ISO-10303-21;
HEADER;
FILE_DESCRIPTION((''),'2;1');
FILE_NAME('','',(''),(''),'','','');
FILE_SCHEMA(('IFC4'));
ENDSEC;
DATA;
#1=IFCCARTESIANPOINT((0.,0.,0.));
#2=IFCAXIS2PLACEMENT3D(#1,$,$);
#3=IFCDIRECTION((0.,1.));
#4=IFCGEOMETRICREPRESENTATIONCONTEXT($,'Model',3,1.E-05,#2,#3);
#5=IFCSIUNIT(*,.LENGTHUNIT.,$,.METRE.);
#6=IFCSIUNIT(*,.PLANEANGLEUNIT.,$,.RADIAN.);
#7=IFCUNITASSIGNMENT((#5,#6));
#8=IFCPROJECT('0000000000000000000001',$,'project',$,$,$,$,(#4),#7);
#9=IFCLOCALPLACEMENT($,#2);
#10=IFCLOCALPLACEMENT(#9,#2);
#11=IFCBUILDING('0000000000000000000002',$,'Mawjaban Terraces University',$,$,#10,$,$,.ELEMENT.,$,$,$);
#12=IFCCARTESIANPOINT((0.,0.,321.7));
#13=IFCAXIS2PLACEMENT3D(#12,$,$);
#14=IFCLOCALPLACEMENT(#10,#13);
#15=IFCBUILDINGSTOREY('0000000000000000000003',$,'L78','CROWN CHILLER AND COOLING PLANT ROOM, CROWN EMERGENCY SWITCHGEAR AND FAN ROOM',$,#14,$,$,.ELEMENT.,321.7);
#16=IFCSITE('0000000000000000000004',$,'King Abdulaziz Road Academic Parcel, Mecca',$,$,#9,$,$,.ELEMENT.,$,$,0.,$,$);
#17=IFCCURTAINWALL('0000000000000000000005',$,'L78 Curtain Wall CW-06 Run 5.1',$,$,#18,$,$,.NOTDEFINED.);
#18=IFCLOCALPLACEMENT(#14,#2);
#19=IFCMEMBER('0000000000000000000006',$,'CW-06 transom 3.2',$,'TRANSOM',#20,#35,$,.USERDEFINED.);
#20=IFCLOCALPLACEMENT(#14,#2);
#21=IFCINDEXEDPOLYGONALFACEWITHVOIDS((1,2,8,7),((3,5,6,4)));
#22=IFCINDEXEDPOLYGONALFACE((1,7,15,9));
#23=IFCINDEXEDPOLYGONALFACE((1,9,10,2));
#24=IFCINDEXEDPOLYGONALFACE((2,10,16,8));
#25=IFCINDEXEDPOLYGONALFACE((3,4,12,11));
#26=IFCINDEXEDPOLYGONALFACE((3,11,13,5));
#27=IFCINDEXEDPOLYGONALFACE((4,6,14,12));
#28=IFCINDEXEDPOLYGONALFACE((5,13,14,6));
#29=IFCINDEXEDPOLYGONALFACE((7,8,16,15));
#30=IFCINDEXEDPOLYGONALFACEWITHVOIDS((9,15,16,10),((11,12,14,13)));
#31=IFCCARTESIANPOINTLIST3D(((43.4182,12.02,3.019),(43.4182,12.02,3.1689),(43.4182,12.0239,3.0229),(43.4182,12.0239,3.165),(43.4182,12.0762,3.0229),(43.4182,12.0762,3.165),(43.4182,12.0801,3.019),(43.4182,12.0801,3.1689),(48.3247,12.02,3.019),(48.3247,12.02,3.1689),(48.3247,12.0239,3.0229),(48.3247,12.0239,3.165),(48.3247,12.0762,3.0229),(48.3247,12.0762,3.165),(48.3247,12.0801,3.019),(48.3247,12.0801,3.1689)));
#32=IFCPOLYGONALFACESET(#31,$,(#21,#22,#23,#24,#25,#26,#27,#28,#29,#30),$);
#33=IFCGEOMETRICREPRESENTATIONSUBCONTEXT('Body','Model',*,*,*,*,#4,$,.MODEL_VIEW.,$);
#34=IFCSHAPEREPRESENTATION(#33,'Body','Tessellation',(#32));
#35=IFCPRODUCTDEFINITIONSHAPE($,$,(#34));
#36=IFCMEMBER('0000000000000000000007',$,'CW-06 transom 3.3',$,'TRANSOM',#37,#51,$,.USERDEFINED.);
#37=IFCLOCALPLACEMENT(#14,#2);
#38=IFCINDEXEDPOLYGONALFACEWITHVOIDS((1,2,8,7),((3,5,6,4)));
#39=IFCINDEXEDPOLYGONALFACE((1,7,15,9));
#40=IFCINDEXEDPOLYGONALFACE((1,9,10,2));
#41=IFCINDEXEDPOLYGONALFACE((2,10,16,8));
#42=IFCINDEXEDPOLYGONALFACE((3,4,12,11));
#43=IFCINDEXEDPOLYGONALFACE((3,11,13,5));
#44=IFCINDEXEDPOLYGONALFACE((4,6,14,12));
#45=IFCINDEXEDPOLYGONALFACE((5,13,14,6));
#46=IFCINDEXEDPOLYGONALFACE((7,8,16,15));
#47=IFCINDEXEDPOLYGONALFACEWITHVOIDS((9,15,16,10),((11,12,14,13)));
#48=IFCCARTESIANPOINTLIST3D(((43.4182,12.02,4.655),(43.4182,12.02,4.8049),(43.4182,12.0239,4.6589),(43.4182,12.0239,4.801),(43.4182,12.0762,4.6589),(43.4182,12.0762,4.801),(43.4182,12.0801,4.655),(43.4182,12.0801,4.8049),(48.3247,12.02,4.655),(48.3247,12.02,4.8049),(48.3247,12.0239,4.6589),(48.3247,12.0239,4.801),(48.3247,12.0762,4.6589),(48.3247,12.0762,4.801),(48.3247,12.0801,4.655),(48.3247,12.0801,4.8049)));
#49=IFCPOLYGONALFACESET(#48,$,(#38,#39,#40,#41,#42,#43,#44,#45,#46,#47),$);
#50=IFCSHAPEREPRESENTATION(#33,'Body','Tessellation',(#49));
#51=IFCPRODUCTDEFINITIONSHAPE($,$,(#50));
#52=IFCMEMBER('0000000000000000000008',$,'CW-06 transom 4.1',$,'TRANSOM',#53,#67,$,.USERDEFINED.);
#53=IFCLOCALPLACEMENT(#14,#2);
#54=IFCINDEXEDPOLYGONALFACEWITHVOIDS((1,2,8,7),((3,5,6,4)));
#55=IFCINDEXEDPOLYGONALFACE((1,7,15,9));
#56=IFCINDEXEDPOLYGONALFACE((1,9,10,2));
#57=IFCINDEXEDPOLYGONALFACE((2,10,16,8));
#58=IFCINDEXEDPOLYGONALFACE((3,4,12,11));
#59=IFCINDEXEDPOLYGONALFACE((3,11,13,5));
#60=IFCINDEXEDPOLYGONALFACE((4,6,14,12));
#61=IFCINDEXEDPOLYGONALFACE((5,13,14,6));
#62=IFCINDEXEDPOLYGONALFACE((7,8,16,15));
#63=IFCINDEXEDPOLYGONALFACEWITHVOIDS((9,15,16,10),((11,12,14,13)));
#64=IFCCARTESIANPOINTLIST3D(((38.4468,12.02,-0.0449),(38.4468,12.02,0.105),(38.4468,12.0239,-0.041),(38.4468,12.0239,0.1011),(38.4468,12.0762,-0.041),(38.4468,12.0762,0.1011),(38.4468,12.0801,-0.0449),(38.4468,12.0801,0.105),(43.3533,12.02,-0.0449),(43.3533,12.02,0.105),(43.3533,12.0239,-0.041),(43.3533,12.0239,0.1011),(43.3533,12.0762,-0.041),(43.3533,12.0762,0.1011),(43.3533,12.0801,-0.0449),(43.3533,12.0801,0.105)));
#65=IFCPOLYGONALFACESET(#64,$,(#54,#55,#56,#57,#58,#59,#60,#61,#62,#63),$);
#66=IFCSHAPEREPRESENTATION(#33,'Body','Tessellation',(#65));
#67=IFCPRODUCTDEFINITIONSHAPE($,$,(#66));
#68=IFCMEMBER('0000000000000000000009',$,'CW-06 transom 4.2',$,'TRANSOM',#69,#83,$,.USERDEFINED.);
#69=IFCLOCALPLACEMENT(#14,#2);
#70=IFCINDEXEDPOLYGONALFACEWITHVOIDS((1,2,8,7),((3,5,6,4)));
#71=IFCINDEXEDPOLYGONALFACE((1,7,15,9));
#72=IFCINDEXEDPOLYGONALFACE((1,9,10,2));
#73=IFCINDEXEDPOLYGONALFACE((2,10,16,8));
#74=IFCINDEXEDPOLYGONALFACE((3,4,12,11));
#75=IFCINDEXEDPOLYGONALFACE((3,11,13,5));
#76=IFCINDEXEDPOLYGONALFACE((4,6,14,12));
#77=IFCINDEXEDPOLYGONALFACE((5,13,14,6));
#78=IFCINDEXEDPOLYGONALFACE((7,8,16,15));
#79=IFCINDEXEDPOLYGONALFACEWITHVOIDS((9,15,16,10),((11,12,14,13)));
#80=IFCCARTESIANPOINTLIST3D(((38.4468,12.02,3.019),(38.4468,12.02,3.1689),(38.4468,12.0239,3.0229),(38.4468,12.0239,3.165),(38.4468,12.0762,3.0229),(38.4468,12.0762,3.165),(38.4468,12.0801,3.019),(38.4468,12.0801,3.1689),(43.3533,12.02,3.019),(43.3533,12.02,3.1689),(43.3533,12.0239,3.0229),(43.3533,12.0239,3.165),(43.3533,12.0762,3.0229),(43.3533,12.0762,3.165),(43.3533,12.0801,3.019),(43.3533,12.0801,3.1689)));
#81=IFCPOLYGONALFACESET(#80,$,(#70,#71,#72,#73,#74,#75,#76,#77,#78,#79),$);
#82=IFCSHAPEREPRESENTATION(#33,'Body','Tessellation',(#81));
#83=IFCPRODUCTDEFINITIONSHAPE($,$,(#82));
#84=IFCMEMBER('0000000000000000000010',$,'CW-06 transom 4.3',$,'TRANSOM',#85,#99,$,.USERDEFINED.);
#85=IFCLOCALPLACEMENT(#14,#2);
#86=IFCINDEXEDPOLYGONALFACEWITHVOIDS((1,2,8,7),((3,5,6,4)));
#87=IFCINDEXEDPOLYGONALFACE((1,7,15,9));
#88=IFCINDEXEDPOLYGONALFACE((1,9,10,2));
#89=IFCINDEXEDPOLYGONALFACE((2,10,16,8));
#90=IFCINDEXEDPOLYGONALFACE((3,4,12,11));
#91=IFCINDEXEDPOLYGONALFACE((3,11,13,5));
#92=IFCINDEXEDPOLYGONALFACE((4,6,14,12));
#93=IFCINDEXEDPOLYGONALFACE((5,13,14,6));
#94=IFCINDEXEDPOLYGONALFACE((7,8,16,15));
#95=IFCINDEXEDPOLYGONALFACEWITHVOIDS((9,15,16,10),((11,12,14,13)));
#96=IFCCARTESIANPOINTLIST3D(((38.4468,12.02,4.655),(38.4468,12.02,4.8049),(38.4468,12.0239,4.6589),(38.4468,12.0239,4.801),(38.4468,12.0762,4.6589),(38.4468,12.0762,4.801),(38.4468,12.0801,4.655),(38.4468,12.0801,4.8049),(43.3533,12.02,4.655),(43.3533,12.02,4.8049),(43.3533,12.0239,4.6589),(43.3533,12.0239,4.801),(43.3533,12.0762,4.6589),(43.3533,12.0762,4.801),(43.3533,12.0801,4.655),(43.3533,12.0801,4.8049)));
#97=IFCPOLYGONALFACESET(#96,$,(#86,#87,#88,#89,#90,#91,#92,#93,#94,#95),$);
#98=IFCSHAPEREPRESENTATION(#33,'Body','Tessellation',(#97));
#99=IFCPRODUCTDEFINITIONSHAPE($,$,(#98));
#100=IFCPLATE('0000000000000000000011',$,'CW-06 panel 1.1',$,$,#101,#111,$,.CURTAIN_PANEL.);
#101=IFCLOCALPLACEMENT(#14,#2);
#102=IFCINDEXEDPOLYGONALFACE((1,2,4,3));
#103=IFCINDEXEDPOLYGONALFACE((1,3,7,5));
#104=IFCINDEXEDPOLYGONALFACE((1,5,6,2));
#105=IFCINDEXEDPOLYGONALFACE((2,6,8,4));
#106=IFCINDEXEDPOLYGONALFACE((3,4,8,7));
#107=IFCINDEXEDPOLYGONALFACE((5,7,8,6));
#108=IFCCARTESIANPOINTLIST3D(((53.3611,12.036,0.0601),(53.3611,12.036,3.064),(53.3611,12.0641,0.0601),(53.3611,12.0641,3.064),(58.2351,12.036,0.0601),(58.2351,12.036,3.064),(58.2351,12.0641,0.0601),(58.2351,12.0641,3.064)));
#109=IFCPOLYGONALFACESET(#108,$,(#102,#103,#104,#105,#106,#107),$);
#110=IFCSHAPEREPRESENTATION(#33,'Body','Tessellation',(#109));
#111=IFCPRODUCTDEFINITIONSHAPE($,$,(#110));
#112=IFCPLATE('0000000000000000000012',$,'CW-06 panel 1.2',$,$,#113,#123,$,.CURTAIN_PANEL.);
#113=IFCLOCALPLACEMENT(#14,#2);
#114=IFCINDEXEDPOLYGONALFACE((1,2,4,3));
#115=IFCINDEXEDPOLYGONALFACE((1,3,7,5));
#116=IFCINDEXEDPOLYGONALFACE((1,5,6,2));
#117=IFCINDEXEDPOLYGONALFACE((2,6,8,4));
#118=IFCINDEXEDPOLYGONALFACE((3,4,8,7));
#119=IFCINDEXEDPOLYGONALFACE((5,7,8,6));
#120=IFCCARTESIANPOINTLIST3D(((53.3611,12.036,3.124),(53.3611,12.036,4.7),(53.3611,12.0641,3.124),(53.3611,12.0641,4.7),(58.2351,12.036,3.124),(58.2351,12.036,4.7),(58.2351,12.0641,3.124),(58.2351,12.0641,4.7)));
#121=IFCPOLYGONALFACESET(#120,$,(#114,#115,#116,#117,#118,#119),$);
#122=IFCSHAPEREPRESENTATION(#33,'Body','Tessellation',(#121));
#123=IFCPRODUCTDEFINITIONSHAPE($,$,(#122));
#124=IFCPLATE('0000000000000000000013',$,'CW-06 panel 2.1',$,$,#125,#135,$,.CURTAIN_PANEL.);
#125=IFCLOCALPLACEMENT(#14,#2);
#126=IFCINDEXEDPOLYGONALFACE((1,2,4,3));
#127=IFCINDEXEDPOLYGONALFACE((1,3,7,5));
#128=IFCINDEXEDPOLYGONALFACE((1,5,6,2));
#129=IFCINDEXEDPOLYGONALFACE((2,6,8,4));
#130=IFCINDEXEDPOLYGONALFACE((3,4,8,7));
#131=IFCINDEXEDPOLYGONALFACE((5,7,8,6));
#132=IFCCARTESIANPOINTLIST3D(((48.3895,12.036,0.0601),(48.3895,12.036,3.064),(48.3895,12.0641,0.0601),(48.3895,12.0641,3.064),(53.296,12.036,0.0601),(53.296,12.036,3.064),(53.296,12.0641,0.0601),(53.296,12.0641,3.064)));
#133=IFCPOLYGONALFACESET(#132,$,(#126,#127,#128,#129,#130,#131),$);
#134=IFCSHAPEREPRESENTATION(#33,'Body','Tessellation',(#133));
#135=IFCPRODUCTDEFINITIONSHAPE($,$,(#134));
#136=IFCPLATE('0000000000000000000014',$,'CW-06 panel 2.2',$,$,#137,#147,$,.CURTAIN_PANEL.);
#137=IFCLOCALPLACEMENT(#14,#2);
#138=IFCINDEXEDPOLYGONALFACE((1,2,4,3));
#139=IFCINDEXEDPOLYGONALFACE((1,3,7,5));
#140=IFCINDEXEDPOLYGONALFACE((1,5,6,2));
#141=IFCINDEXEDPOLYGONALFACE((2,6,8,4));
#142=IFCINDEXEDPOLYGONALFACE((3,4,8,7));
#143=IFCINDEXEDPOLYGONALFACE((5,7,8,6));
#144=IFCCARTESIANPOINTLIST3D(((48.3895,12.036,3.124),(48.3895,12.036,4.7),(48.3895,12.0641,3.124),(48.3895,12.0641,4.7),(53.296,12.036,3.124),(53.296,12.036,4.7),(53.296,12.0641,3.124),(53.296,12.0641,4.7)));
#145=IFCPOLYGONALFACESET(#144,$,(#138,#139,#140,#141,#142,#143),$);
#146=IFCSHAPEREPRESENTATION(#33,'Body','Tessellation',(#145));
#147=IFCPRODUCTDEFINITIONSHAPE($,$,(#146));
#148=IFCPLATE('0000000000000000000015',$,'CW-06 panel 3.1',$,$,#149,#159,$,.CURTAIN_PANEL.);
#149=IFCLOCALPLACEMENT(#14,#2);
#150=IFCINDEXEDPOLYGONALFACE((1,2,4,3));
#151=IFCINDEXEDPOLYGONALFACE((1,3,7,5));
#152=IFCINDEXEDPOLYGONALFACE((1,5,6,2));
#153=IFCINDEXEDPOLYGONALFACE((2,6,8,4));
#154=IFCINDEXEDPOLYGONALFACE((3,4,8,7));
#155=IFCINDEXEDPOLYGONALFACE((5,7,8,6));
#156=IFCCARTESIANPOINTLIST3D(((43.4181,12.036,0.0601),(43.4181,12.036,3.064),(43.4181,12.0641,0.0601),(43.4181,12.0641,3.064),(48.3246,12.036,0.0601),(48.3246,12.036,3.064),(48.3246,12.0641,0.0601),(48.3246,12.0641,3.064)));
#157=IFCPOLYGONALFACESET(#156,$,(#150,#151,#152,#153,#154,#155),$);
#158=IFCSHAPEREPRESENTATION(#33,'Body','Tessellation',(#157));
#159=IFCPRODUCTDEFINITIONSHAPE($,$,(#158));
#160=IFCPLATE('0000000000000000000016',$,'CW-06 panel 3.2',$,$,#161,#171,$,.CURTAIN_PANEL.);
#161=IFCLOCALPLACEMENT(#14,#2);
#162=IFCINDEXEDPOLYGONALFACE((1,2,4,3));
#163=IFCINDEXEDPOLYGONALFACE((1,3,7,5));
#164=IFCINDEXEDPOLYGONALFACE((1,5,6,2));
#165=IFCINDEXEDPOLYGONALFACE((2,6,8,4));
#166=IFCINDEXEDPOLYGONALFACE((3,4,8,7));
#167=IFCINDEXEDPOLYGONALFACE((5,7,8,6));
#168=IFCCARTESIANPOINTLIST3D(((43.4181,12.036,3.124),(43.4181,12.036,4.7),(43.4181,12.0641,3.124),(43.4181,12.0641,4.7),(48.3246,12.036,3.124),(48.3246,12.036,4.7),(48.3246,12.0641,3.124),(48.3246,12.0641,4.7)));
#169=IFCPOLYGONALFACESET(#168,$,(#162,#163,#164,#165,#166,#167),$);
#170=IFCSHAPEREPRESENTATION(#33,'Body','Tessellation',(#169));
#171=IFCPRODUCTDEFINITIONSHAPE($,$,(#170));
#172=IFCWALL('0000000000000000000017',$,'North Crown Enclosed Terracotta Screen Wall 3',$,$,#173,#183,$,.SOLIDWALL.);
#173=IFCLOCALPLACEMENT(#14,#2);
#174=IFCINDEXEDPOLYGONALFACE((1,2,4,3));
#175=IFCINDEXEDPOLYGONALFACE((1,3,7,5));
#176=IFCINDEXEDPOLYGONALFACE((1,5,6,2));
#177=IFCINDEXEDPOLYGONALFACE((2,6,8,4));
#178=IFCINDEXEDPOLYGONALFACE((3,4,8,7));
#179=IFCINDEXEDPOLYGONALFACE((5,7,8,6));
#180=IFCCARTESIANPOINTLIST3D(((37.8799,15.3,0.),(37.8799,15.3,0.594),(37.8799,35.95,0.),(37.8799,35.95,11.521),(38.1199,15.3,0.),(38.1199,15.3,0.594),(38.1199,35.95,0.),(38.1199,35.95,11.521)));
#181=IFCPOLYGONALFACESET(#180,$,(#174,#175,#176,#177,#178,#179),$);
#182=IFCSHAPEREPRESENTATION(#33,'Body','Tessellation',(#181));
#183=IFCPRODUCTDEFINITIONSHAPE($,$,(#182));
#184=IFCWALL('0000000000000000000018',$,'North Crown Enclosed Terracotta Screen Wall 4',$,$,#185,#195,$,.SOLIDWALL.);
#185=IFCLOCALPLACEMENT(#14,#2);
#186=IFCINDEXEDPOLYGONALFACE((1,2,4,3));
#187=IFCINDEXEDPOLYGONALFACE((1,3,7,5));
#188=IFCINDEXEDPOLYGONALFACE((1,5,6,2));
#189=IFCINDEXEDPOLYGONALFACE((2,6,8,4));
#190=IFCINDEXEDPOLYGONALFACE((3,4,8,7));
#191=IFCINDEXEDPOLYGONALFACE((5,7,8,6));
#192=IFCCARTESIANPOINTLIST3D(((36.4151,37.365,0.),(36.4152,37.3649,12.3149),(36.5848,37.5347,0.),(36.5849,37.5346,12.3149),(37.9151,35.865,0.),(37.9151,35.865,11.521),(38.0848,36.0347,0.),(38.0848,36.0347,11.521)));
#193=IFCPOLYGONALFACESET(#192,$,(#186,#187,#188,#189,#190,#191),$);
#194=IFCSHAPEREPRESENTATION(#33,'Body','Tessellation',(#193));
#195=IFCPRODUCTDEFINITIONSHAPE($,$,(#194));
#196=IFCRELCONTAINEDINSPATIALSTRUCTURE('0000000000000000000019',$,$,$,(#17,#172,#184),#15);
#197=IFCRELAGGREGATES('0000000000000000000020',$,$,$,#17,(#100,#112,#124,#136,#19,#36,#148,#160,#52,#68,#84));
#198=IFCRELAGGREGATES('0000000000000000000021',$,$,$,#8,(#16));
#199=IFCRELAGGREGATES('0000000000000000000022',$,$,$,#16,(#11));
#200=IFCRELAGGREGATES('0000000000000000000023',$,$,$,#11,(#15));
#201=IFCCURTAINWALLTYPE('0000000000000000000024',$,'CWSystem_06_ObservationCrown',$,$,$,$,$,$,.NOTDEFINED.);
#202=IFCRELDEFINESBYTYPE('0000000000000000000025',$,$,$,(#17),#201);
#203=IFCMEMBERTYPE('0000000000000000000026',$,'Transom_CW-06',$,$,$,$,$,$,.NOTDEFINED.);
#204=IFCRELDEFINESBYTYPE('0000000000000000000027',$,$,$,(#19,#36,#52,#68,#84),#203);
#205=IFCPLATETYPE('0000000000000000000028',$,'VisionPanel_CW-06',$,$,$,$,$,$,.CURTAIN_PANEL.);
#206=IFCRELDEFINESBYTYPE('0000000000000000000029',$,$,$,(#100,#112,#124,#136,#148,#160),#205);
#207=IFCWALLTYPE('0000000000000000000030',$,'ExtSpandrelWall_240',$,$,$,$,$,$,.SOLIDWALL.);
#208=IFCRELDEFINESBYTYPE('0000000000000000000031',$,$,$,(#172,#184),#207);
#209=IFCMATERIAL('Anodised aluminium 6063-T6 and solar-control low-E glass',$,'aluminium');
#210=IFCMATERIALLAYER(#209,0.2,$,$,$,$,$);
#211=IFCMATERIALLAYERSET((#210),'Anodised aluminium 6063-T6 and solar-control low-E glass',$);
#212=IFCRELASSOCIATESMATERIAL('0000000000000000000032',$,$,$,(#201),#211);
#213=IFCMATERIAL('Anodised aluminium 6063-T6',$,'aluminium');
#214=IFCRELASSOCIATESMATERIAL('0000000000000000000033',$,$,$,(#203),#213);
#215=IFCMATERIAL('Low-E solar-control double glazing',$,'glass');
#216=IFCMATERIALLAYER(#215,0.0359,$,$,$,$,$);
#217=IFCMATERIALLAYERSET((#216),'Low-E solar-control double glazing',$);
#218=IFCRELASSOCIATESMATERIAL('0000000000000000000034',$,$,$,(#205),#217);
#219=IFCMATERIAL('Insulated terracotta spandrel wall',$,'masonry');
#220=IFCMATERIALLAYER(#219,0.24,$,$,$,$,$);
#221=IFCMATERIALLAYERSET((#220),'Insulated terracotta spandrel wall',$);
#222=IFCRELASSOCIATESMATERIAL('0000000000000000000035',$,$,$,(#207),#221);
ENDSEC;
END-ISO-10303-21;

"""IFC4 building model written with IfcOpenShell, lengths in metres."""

from ifc_helpers import new_model, si_unit, direction, frame, origin, origin_2d, place, context, subcontext, project, spatial, polyline, rectangle, hollow_rectangle, outline, extrude, material, layer, layer_set, material_profile, profile_set, type_object, element, aggregate, save


model = new_model("IFC4")

# Units and contexts
model_context = context("Model", 3, precision=1e-05, world=origin(), true_north=direction((0.0, 1.0)))
body_context = subcontext(model_context, "Body", "Model", "MODEL_VIEW")
ifc_project = project(units=[si_unit("LENGTHUNIT", "METRE"), si_unit("PLANEANGLEUNIT", "RADIAN")], contexts=[model_context])

# Site, building, storey
site_placement = place(None, origin())
site = spatial("IfcSite", under=ifc_project, at=site_placement, Name="King Abdulaziz Road Academic Parcel, Mecca", CompositionType="ELEMENT", RefElevation=0.0)
building_placement = place(site_placement, origin())
building = spatial("IfcBuilding", under=site, at=building_placement, Name="Mawjaban Terraces University", CompositionType="ELEMENT")
storey_placement = place(building_placement, frame((0.0, 0.0, 321.7)))
storey = spatial("IfcBuildingStorey", under=building, at=storey_placement, Name="L78", Description="CROWN CHILLER AND COOLING PLANT ROOM, CROWN EMERGENCY SWITCHGEAR AND FAN ROOM", CompositionType="ELEMENT", Elevation=321.7)

# Curtain wall, members, plates
ifc_material_1 = material(Name="Anodised aluminium 6063-T6 and solar-control low-E glass", Category="aluminium")
ifc_layer_1 = layer(ifc_material_1, 0.2)
ifc_layer_set_1 = layer_set([ifc_layer_1], Name="Anodised aluminium 6063-T6 and solar-control low-E glass")
curtain_wall_type = type_object("IfcCurtainWallType", Name="CWSystem_06_ObservationCrown", PredefinedType="NOTDEFINED", material=ifc_layer_set_1)
curtain_wall_placement = place(storey_placement, origin())
curtain_wall = element("IfcCurtainWall", 1, at=curtain_wall_placement, inside=storey, type_object=curtain_wall_type, Name="L78 Curtain Wall CW-06 Run 5.1", PredefinedType="NOTDEFINED")
ifc_material_2 = material(Name="Anodised aluminium 6063-T6", Category="aluminium")
ifc_material_profile_1 = material_profile(ifc_material_2, hollow_rectangle(XDim=0.0601, YDim=0.1499, WallThickness=0.0039, at=origin_2d()), Name="ALU150X60X4")
ifc_profile_set_1 = profile_set([ifc_material_profile_1], Name="Anodised aluminium 6063-T6")
member_type_1 = type_object("IfcMemberType", Name="Transom_CW-06", PredefinedType="NOTDEFINED", material=ifc_profile_set_1)
member_1_placement = place(storey_placement, frame((48.3247, 12.05, 3.094), z_axis=(-1.0, 0.0, 0.0), x_axis=(0.0, -1.0, 0.0)))
member_1 = element("IfcMember", 2, at=member_1_placement, type_object=member_type_1, Name="CW-06 transom 3.2", ObjectType="TRANSOM", PredefinedType="USERDEFINED", context=body_context, shape_type="SweptSolid", body=[
    extrude(hollow_rectangle(XDim=0.0601, YDim=0.1499, WallThickness=0.0039, at=origin_2d()), origin(), (0.0, 0.0, 1.0), 4.9065),
])
member_2_placement = place(storey_placement, frame((48.3247, 12.05, 4.73), z_axis=(-1.0, 0.0, 0.0), x_axis=(0.0, -1.0, 0.0)))
member_2 = element("IfcMember", 3, at=member_2_placement, type_object=member_type_1, Name="CW-06 transom 3.3", ObjectType="TRANSOM", PredefinedType="USERDEFINED", context=body_context, shape_type="SweptSolid", body=[
    extrude(hollow_rectangle(XDim=0.0601, YDim=0.1499, WallThickness=0.0039, at=origin_2d()), origin(), (0.0, 0.0, 1.0), 4.9065),
])
member_3_placement = place(storey_placement, frame((43.3533, 12.05, 0.03), z_axis=(-1.0, 0.0, 0.0), x_axis=(0.0, -1.0, 0.0)))
member_3 = element("IfcMember", 4, at=member_3_placement, type_object=member_type_1, Name="CW-06 transom 4.1", ObjectType="TRANSOM", PredefinedType="USERDEFINED", context=body_context, shape_type="SweptSolid", body=[
    extrude(hollow_rectangle(XDim=0.0601, YDim=0.1499, WallThickness=0.0039, at=origin_2d()), origin(), (0.0, 0.0, 1.0), 4.9065),
])
member_4_placement = place(storey_placement, frame((43.3533, 12.05, 3.094), z_axis=(-1.0, 0.0, 0.0), x_axis=(0.0, -1.0, 0.0)))
member_4 = element("IfcMember", 5, at=member_4_placement, type_object=member_type_1, Name="CW-06 transom 4.2", ObjectType="TRANSOM", PredefinedType="USERDEFINED", context=body_context, shape_type="SweptSolid", body=[
    extrude(hollow_rectangle(XDim=0.0601, YDim=0.1499, WallThickness=0.0039, at=origin_2d()), origin(), (0.0, 0.0, 1.0), 4.9065),
])
member_5_placement = place(storey_placement, frame((43.3533, 12.05, 4.73), z_axis=(-1.0, 0.0, 0.0), x_axis=(0.0, -1.0, 0.0)))
member_5 = element("IfcMember", 6, at=member_5_placement, type_object=member_type_1, Name="CW-06 transom 4.3", ObjectType="TRANSOM", PredefinedType="USERDEFINED", context=body_context, shape_type="SweptSolid", body=[
    extrude(hollow_rectangle(XDim=0.0601, YDim=0.1499, WallThickness=0.0039, at=origin_2d()), origin(), (0.0, 0.0, 1.0), 4.9065),
])
ifc_material_3 = material(Name="Low-E solar-control double glazing", Category="glass")
ifc_layer_2 = layer(ifc_material_3, 0.0359)
ifc_layer_set_2 = layer_set([ifc_layer_2], Name="Low-E solar-control double glazing")
plate_type = type_object("IfcPlateType", Name="VisionPanel_CW-06", PredefinedType="CURTAIN_PANEL", material=ifc_layer_set_2)
plate_1_placement = place(storey_placement, frame((55.7981, 12.05, 0.0601), z_axis=(0.0, 0.0, 1.0), x_axis=(-1.0, 0.0, 0.0)))
plate_1 = element("IfcPlate", 7, at=plate_1_placement, type_object=plate_type, Name="CW-06 panel 1.1", PredefinedType="CURTAIN_PANEL", context=body_context, shape_type="SweptSolid", body=[
    extrude(rectangle(XDim=4.874, YDim=0.0281, at=origin_2d()), origin(), (0.0, 0.0, 1.0), 3.0039),
])
plate_2_placement = place(storey_placement, frame((55.7981, 12.05, 3.124), z_axis=(0.0, 0.0, 1.0), x_axis=(-1.0, 0.0, 0.0)))
plate_2 = element("IfcPlate", 8, at=plate_2_placement, type_object=plate_type, Name="CW-06 panel 1.2", PredefinedType="CURTAIN_PANEL", context=body_context, shape_type="SweptSolid", body=[
    extrude(rectangle(XDim=4.874, YDim=0.0281, at=origin_2d()), origin(), (0.0, 0.0, 1.0), 1.5759),
])
plate_3_placement = place(storey_placement, frame((50.8428, 12.05, 0.0601), z_axis=(0.0, 0.0, 1.0), x_axis=(-1.0, 0.0, 0.0)))
plate_3 = element("IfcPlate", 9, at=plate_3_placement, type_object=plate_type, Name="CW-06 panel 2.1", PredefinedType="CURTAIN_PANEL", context=body_context, shape_type="SweptSolid", body=[
    extrude(rectangle(XDim=4.9065, YDim=0.0281, at=origin_2d()), origin(), (0.0, 0.0, 1.0), 3.0039),
])
plate_4_placement = place(storey_placement, frame((50.8428, 12.05, 3.124), z_axis=(0.0, 0.0, 1.0), x_axis=(-1.0, 0.0, 0.0)))
plate_4 = element("IfcPlate", 10, at=plate_4_placement, type_object=plate_type, Name="CW-06 panel 2.2", PredefinedType="CURTAIN_PANEL", context=body_context, shape_type="SweptSolid", body=[
    extrude(rectangle(XDim=4.9065, YDim=0.0281, at=origin_2d()), origin(), (0.0, 0.0, 1.0), 1.5759),
])
plate_5_placement = place(storey_placement, frame((45.8713, 12.05, 0.0601), z_axis=(0.0, 0.0, 1.0), x_axis=(-1.0, 0.0, 0.0)))
plate_5 = element("IfcPlate", 11, at=plate_5_placement, type_object=plate_type, Name="CW-06 panel 3.1", PredefinedType="CURTAIN_PANEL", context=body_context, shape_type="SweptSolid", body=[
    extrude(rectangle(XDim=4.9065, YDim=0.0281, at=origin_2d()), origin(), (0.0, 0.0, 1.0), 3.0039),
])
plate_6_placement = place(storey_placement, frame((45.8713, 12.05, 3.124), z_axis=(0.0, 0.0, 1.0), x_axis=(-1.0, 0.0, 0.0)))
plate_6 = element("IfcPlate", 12, at=plate_6_placement, type_object=plate_type, Name="CW-06 panel 3.2", PredefinedType="CURTAIN_PANEL", context=body_context, shape_type="SweptSolid", body=[
    extrude(rectangle(XDim=4.9065, YDim=0.0281, at=origin_2d()), origin(), (0.0, 0.0, 1.0), 1.5759),
])
aggregate(curtain_wall, [plate_1, plate_2, plate_3, plate_4, member_1, member_2, plate_5, plate_6, member_3, member_4, member_5])

# Walls
ifc_material_4 = material(Name="Insulated terracotta spandrel wall", Category="masonry")
ifc_layer_3 = layer(ifc_material_4, 0.24)
ifc_layer_set_3 = layer_set([ifc_layer_3], Name="Insulated terracotta spandrel wall")
wall_type = type_object("IfcWallType", Name="ExtSpandrelWall_240", PredefinedType="SOLIDWALL", material=ifc_layer_set_3)
wall_1_placement = place(storey_placement, frame((38.0, 15.3, 0.0), z_axis=(0.0, 0.0, 1.0), x_axis=(0.0, 1.0, 0.0)))
element("IfcWall", 13, at=wall_1_placement, inside=storey, type_object=wall_type, Name="North Crown Enclosed Terracotta Screen Wall 3", PredefinedType="SOLIDWALL", context=body_context, shape_type="SweptSolid", body=[
    extrude(outline(polyline([(0.0, 0.0), (20.6499, 0.0), (20.6499, 11.521), (0.0, 0.594), (0.0, 0.0)])), frame((0.0, 0.1201, 0.0), z_axis=(0.0, -1.0, 0.0), x_axis=(1.0, 0.0, 0.0)), (0.0, 0.0, 1.0), 0.24),
])
wall_2_placement = place(storey_placement, frame((38.0, 35.95, 0.0), z_axis=(0.0, 0.0, 1.0), x_axis=(-0.707107, 0.707107, 0.0)))
element("IfcWall", 14, at=wall_2_placement, inside=storey, type_object=wall_type, Name="North Crown Enclosed Terracotta Screen Wall 4", PredefinedType="SOLIDWALL", context=body_context, shape_type="SweptSolid", body=[
    extrude(outline(polyline([(0.0, 0.0), (2.1213, 0.0), (2.1211, 12.3149), (0.0, 11.521), (0.0, 0.0)])), frame((0.0, 0.1201, 0.0), z_axis=(0.0, -1.0, 0.0), x_axis=(1.0, 0.0, 0.0)), (0.0, 0.0, 1.0), 0.24),
])

save(model, "model.ifc")
